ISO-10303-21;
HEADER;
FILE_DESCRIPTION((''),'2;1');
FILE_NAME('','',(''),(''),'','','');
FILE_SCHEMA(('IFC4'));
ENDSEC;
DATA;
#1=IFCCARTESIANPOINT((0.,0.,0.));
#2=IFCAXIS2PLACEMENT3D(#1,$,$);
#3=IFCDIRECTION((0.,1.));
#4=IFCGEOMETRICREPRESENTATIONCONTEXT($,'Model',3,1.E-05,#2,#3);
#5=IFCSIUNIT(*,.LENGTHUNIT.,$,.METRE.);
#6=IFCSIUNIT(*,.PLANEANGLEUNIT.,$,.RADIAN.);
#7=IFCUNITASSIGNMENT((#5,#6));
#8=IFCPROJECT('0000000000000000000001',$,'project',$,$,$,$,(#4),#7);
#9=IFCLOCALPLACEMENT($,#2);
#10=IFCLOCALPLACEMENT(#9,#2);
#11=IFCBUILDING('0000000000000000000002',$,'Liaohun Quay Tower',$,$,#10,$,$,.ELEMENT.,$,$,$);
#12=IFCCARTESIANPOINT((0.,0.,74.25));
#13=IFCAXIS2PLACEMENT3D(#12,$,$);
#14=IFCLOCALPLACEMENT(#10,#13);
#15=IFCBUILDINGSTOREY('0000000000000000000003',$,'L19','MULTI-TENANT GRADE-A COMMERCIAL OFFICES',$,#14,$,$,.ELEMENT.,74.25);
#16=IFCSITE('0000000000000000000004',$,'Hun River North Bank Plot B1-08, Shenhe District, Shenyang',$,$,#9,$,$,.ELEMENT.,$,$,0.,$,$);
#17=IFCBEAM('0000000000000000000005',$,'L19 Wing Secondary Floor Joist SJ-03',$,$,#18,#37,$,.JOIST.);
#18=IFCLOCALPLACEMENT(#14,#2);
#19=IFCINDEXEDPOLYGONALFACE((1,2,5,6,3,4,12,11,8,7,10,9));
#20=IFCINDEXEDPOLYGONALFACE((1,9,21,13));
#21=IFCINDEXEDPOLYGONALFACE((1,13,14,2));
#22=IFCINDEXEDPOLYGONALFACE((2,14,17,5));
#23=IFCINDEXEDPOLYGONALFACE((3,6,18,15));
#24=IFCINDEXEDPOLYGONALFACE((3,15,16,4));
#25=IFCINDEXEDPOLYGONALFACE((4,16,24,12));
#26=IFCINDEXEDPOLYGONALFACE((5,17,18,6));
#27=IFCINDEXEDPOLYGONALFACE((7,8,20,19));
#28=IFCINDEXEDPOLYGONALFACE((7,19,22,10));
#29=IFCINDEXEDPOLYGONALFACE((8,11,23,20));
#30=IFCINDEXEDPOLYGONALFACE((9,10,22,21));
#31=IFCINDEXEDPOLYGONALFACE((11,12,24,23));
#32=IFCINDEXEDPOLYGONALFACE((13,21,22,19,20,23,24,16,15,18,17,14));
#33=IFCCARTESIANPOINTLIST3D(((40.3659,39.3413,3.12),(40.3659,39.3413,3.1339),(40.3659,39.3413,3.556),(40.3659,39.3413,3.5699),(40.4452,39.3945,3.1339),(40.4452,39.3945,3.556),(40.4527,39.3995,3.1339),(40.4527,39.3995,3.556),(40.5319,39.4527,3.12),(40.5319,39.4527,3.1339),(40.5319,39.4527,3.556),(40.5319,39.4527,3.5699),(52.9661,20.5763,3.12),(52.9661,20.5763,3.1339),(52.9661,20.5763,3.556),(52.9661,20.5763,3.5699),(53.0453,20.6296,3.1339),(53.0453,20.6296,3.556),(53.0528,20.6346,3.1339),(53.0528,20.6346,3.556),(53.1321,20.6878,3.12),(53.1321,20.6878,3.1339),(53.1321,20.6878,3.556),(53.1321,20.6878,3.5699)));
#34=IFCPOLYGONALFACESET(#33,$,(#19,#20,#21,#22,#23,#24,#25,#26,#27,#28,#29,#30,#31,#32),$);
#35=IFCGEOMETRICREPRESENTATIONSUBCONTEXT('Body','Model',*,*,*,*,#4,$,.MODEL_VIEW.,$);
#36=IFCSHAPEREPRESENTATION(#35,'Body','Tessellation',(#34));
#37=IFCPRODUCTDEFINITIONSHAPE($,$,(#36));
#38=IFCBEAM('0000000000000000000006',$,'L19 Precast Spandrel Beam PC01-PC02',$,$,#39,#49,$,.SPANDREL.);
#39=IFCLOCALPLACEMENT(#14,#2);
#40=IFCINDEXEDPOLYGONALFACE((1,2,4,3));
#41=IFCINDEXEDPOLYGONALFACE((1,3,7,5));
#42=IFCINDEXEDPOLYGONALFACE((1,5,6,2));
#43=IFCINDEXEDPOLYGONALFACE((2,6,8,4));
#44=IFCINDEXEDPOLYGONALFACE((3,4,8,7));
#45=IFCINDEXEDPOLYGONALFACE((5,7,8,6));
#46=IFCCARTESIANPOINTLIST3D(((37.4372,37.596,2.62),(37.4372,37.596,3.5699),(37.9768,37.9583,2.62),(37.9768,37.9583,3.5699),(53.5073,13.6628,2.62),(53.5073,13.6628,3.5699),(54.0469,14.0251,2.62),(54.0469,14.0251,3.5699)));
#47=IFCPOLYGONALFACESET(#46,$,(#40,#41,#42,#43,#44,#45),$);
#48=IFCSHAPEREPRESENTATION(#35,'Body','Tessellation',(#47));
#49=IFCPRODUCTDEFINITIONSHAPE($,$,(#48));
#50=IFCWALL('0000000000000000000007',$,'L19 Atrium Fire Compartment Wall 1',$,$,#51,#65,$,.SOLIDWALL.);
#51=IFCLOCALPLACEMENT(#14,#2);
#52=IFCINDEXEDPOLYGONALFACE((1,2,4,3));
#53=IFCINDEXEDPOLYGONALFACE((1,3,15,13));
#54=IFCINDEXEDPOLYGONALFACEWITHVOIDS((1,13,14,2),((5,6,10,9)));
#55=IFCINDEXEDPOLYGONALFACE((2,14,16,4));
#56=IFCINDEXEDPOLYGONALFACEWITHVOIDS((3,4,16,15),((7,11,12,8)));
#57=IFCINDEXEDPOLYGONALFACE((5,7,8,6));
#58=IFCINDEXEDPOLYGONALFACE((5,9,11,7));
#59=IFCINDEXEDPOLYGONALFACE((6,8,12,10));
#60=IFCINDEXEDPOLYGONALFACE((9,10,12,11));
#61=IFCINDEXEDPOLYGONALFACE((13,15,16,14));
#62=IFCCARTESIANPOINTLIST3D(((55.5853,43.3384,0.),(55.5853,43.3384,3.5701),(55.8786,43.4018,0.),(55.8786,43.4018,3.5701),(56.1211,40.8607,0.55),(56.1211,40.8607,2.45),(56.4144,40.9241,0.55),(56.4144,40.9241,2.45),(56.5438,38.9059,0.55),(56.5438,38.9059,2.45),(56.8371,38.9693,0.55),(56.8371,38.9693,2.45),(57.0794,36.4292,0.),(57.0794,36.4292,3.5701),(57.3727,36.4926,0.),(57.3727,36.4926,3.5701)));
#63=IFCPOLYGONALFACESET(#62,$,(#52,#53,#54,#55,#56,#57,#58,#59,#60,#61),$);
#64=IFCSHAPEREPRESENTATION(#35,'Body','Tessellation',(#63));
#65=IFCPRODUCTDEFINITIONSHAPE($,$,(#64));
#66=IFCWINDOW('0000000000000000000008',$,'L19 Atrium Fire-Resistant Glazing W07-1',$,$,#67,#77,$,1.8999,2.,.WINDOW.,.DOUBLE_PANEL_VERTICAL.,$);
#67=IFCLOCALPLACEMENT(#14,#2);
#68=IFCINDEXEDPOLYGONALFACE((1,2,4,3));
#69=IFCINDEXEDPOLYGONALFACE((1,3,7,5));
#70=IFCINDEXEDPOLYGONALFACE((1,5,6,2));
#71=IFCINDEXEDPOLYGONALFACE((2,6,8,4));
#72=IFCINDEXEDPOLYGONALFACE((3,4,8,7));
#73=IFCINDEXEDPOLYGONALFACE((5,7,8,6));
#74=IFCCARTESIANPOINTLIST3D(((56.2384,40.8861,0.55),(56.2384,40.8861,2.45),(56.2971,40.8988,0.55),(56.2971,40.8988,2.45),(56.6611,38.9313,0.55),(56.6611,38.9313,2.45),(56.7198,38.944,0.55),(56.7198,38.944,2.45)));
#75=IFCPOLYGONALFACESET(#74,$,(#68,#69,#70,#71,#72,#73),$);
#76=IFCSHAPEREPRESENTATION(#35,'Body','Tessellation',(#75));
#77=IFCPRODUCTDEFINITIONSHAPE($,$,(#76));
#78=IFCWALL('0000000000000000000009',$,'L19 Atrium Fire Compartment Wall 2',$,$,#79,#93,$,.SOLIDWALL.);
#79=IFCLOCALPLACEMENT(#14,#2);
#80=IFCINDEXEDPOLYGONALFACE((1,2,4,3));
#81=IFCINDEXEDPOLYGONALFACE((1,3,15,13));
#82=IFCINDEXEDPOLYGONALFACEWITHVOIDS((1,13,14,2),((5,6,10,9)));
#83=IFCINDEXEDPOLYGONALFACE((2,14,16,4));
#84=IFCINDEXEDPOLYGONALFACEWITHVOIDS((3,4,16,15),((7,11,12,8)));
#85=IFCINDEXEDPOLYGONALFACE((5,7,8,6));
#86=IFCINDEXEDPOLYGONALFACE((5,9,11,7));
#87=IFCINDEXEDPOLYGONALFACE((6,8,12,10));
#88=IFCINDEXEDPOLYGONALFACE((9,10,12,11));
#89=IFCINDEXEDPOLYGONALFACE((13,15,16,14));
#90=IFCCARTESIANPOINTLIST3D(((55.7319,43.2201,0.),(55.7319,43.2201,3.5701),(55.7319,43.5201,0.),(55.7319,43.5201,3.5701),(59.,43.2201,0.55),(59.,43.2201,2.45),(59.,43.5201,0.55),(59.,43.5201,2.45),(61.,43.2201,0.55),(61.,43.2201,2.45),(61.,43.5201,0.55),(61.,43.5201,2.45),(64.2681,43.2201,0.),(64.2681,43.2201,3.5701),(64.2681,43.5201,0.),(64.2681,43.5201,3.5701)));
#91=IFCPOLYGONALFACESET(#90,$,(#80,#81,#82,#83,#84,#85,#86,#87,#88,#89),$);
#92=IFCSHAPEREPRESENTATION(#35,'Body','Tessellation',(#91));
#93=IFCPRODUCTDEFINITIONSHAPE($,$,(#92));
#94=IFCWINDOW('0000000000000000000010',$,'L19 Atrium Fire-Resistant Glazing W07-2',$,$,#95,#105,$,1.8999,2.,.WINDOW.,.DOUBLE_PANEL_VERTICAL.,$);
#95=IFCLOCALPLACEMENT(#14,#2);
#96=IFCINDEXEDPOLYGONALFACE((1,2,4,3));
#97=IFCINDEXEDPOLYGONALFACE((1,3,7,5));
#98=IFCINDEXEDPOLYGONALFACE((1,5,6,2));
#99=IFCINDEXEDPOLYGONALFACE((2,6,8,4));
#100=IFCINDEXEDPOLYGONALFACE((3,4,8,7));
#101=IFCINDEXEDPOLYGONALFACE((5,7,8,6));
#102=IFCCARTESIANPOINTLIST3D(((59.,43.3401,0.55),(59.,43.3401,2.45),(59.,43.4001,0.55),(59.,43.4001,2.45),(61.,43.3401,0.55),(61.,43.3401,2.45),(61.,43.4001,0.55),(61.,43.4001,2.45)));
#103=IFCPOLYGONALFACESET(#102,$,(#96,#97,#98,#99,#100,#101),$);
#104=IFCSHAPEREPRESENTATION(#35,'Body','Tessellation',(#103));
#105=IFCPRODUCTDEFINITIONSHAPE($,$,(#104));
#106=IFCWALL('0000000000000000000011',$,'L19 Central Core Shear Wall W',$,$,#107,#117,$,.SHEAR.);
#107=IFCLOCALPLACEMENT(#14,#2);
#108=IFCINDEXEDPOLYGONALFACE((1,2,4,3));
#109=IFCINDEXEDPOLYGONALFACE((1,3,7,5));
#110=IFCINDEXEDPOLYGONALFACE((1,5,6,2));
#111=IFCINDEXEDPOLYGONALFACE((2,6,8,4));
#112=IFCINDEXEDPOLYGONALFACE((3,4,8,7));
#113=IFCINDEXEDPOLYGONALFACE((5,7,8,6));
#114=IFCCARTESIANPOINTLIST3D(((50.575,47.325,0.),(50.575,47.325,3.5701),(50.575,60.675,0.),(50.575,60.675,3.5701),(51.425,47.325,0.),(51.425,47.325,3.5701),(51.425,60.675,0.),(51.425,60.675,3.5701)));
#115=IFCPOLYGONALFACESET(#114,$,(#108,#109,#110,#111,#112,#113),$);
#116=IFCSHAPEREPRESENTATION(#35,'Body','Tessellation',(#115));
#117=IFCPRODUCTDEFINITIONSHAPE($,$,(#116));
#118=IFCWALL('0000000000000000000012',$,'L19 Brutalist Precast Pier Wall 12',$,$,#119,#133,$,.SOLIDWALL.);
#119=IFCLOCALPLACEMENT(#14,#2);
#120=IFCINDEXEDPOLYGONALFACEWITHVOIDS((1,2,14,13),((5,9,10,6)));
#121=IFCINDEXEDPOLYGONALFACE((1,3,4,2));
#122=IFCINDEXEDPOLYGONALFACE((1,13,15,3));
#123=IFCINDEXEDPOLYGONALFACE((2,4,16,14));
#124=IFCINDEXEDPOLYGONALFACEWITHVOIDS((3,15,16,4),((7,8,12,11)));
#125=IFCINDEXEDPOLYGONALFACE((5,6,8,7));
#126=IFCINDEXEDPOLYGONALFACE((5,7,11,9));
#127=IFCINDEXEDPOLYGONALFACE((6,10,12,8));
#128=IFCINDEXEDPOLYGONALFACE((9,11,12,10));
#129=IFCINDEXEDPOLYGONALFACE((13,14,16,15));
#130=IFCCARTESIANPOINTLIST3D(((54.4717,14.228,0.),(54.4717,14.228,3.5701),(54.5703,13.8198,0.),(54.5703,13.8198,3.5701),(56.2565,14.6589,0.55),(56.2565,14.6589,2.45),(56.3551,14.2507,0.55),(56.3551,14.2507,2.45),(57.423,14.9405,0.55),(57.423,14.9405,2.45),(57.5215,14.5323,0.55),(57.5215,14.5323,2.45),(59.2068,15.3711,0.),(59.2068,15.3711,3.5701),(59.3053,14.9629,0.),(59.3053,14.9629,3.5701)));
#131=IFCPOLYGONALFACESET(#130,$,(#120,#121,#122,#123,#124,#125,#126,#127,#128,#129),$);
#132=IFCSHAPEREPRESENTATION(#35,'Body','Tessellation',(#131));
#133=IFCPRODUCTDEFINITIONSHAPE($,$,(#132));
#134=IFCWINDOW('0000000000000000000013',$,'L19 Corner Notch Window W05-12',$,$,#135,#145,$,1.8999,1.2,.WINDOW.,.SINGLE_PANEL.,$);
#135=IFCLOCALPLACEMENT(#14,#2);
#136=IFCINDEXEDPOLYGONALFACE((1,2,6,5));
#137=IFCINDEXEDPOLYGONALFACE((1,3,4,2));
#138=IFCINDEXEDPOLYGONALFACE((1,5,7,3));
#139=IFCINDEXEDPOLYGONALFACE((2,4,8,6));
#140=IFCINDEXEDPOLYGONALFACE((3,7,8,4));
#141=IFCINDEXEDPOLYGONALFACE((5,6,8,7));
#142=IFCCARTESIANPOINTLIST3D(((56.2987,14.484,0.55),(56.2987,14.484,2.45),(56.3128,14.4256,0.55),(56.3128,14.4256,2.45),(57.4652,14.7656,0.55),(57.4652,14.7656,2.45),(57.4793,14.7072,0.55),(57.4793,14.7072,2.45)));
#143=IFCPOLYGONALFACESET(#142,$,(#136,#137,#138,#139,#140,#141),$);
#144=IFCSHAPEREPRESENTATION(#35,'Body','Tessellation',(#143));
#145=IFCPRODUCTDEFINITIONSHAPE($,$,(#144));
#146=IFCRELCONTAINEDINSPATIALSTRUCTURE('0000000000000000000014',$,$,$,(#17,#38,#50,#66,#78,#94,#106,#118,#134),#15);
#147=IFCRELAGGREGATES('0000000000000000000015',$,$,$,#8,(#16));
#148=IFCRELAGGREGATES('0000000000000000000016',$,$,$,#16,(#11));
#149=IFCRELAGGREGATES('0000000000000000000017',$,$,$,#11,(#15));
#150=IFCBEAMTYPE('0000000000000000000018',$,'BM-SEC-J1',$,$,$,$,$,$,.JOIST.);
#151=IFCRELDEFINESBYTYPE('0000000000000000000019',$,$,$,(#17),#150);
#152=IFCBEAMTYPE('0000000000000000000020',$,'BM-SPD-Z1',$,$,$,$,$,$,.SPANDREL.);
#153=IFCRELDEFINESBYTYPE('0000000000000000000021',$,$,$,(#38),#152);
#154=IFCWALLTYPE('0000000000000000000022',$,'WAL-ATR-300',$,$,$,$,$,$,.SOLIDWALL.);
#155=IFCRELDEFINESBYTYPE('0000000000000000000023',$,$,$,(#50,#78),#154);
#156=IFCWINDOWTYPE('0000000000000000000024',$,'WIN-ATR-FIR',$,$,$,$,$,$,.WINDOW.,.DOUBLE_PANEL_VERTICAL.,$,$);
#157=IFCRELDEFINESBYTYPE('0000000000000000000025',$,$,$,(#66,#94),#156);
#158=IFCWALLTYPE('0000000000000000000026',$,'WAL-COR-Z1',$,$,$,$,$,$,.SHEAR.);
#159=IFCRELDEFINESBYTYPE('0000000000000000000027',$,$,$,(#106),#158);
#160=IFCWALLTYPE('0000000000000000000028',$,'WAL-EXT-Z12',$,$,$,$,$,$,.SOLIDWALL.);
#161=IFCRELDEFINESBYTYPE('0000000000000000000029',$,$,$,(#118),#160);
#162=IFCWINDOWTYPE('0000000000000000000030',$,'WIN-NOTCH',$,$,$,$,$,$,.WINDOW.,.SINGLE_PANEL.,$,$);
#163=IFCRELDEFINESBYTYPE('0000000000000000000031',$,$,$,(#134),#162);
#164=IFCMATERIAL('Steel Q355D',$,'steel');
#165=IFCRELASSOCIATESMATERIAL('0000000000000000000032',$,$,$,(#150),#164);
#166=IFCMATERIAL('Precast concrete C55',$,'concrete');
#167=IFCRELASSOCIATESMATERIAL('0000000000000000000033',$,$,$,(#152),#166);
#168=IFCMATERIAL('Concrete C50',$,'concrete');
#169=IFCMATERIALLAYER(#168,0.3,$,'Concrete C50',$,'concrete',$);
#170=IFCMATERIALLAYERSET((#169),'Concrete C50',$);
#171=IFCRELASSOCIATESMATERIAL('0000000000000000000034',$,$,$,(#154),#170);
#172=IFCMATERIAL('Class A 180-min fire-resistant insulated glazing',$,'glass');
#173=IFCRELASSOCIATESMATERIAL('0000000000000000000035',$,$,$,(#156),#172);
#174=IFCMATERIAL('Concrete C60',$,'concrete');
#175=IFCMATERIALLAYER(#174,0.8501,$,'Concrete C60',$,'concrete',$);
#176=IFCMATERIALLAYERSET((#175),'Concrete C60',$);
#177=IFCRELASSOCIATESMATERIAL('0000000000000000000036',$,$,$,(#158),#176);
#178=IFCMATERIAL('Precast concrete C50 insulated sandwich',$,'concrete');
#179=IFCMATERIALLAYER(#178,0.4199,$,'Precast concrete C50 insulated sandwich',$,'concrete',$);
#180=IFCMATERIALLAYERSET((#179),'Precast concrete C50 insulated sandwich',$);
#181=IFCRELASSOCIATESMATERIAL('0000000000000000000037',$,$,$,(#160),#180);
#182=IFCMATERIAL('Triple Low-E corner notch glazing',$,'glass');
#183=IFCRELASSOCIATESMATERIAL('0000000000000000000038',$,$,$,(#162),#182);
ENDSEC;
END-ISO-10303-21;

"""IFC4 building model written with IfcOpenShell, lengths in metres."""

from ifc_helpers import new_model, si_unit, direction, frame, frame_2d, origin, origin_2d, place, context, subcontext, project, spatial, rectangle, i_section, extrude, source, transform, mapped, material, layer, layer_set, material_profile, profile_set, type_object, element, fill, save


model = new_model("IFC4")

# Units and contexts
model_context = context("Model", 3, precision=1e-05, world=origin(), true_north=direction((0.0, 1.0)))
body_context = subcontext(model_context, "Body", "Model", "MODEL_VIEW")
ifc_project = project(units=[si_unit("LENGTHUNIT", "METRE"), si_unit("PLANEANGLEUNIT", "RADIAN")], contexts=[model_context])

# Site, building, storey
site_placement = place(None, origin())
site = spatial("IfcSite", under=ifc_project, at=site_placement, Name="Hun River North Bank Plot B1-08, Shenhe District, Shenyang", CompositionType="ELEMENT", RefElevation=0.0)
building_placement = place(site_placement, origin())
building = spatial("IfcBuilding", under=site, at=building_placement, Name="Liaohun Quay Tower", CompositionType="ELEMENT")
storey_placement = place(building_placement, frame((0.0, 0.0, 74.25)))
storey = spatial("IfcBuildingStorey", under=building, at=storey_placement, Name="L19", Description="MULTI-TENANT GRADE-A COMMERCIAL OFFICES", CompositionType="ELEMENT", Elevation=74.25)

# Shared definitions
ifc_material_1 = material(Name="Concrete C60", Category="concrete")

# Beams
ifc_material_2 = material(Name="Steel Q355D", Category="steel")
ifc_material_profile_1 = material_profile(ifc_material_2, i_section(OverallWidth=0.2, OverallDepth=0.45, WebThickness=0.009, FlangeThickness=0.0139, at=origin_2d()), Name="HN450x200x9x14")
ifc_profile_set_1 = profile_set([ifc_material_profile_1], Name="Steel Q355D")
beam_type_1 = type_object("IfcBeamType", Name="BM-SEC-J1", PredefinedType="JOIST", material=ifc_profile_set_1)
shared_shape_1 = source(origin(), body_context, "Body", "SweptSolid", [
    extrude(i_section(OverallWidth=0.2, OverallDepth=0.45, WebThickness=0.009, FlangeThickness=0.0139, at=origin_2d()), origin(), (0.0, 0.0, 1.0), 22.6028),
])
beam_1_placement = place(storey_placement, frame((53.0491, 20.6321, 3.345), z_axis=(-0.557459, 0.830204, 0.0), x_axis=(-0.830204, -0.557459, 0.0)))
element("IfcBeam", 1, at=beam_1_placement, inside=storey, type_object=beam_type_1, Name="L19 Wing Secondary Floor Joist SJ-03", PredefinedType="JOIST", context=body_context, shape_type="MappedRepresentation", body=[
    mapped(shared_shape_1, transform((0.0, 0.0, 0.0), x_axis=(1.0, 0.0, 0.0), y_axis=(0.0, 1.0, 0.0), z_axis=(0.0, 0.0, 1.0), scale=1.0)),
])
ifc_material_3 = material(Name="Precast concrete C55", Category="concrete")
ifc_material_profile_2 = material_profile(ifc_material_3, rectangle(XDim=0.6499, YDim=0.95, at=origin_2d()), Name="RC650x950")
ifc_profile_set_2 = profile_set([ifc_material_profile_2], Name="Precast concrete C55")
beam_type_2 = type_object("IfcBeamType", Name="BM-SPD-Z1", PredefinedType="SPANDREL", material=ifc_profile_set_2)
shared_shape_2 = source(origin(), body_context, "Body", "SweptSolid", [
    extrude(rectangle(XDim=0.6499, YDim=0.95, at=origin_2d()), origin(), (0.0, 0.0, 1.0), 28.8279),
])
beam_2_placement = place(storey_placement, frame((53.7771, 13.844, 3.095), z_axis=(-0.557451, 0.83021, 0.0), x_axis=(-0.83021, -0.557451, 0.0)))
element("IfcBeam", 2, at=beam_2_placement, inside=storey, type_object=beam_type_2, Name="L19 Precast Spandrel Beam PC01-PC02", PredefinedType="SPANDREL", context=body_context, shape_type="MappedRepresentation", body=[
    mapped(shared_shape_2, transform((0.0, 0.0, 0.0), x_axis=(1.0, 0.0, 0.0), y_axis=(0.0, 1.0, 0.0), z_axis=(0.0, 0.0, 1.0), scale=1.0)),
])

# Walls, openings, windows
ifc_material_4 = material(Name="Concrete C50", Category="concrete")
ifc_layer_1 = layer(ifc_material_4, 0.3, Name="Concrete C50", Category="concrete")
ifc_layer_set_1 = layer_set([ifc_layer_1], Name="Concrete C50")
wall_type_1 = type_object("IfcWallType", Name="WAL-ATR-300", PredefinedType="SOLIDWALL", material=ifc_layer_set_1)
wall_1_placement = place(storey_placement, frame((57.2261, 36.4609, 0.0), z_axis=(0.0, 0.0, 1.0), x_axis=(-0.211368, 0.977406, 0.0)))
wall_1 = element("IfcWall", 3, at=wall_1_placement, inside=storey, type_object=wall_type_1, Name="L19 Atrium Fire Compartment Wall 1", PredefinedType="SOLIDWALL", context=body_context, shape_type="SweptSolid", body=[
    extrude(rectangle(XDim=7.0688, YDim=0.3, at=frame_2d((3.5344, 0.0))), origin(), (0.0, 0.0, 1.0), 3.5701),
])
shared_shape_3 = source(origin(), body_context, "Body", "SweptSolid", [
    extrude(rectangle(XDim=2.0, YDim=1.8999, at=frame_2d((1.0, 0.95))), frame((0.0, 0.1599, 0.0), z_axis=(0.0, -1.0, 0.0), x_axis=(1.0, 0.0, 0.0)), (0.0, 0.0, 1.0), 0.3201),
])
opening_1_placement = place(wall_1_placement, frame((2.5339, 0.0, 0.55)))
opening_1 = element("IfcOpeningElement", 4, at=opening_1_placement, cuts=wall_1, PredefinedType="OPENING", context=body_context, shape_type="MappedRepresentation", body=[
    mapped(shared_shape_3, transform((0.0, 0.0, 0.0), x_axis=(1.0, 0.0, 0.0), y_axis=(0.0, 1.0, 0.0), z_axis=(0.0, 0.0, 1.0), scale=1.0)),
])
ifc_material_5 = material(Name="Class A 180-min fire-resistant insulated glazing", Category="glass")
window_type_1 = type_object("IfcWindowType", Name="WIN-ATR-FIR", PartitioningType="DOUBLE_PANEL_VERTICAL", PredefinedType="WINDOW", material=ifc_material_5)
shared_shape_4 = source(origin(), body_context, "Body", "SweptSolid", [
    extrude(rectangle(XDim=2.0, YDim=1.8999, at=frame_2d((1.0, 0.95))), frame((0.0, 0.03, 0.0), z_axis=(0.0, -1.0, 0.0), x_axis=(1.0, 0.0, 0.0)), (0.0, 0.0, 1.0), 0.0601),
])
window_1_placement = place(opening_1_placement, origin())
window_1 = element("IfcWindow", 5, at=window_1_placement, inside=storey, type_object=window_type_1, Name="L19 Atrium Fire-Resistant Glazing W07-1", OverallHeight=1.8999, OverallWidth=2.0, PartitioningType="DOUBLE_PANEL_VERTICAL", PredefinedType="WINDOW", context=body_context, shape_type="MappedRepresentation", body=[
    mapped(shared_shape_4, transform((0.0, 0.0, 0.0), x_axis=(1.0, 0.0, 0.0), y_axis=(0.0, 1.0, 0.0), z_axis=(0.0, 0.0, 1.0), scale=1.0)),
])
fill(opening_1, window_1)
wall_2_placement = place(storey_placement, frame((55.7319, 43.3701, 0.0), z_axis=(0.0, 0.0, 1.0), x_axis=(1.0, 0.0, 0.0)))
wall_2 = element("IfcWall", 6, at=wall_2_placement, inside=storey, type_object=wall_type_1, Name="L19 Atrium Fire Compartment Wall 2", PredefinedType="SOLIDWALL", context=body_context, shape_type="SweptSolid", body=[
    extrude(rectangle(XDim=8.5361, YDim=0.3, at=frame_2d((4.2681, 0.0))), origin(), (0.0, 0.0, 1.0), 3.5701),
])
opening_2_placement = place(wall_2_placement, frame((3.2681, 0.0, 0.55)))
opening_2 = element("IfcOpeningElement", 7, at=opening_2_placement, cuts=wall_2, PredefinedType="OPENING", context=body_context, shape_type="MappedRepresentation", body=[
    mapped(shared_shape_3, transform((0.0, 0.0, 0.0), x_axis=(1.0, 0.0, 0.0), y_axis=(0.0, 1.0, 0.0), z_axis=(0.0, 0.0, 1.0), scale=1.0)),
])
window_2_placement = place(opening_2_placement, origin())
window_2 = element("IfcWindow", 8, at=window_2_placement, inside=storey, type_object=window_type_1, Name="L19 Atrium Fire-Resistant Glazing W07-2", OverallHeight=1.8999, OverallWidth=2.0, PartitioningType="DOUBLE_PANEL_VERTICAL", PredefinedType="WINDOW", context=body_context, shape_type="MappedRepresentation", body=[
    mapped(shared_shape_4, transform((0.0, 0.0, 0.0), x_axis=(1.0, 0.0, 0.0), y_axis=(0.0, 1.0, 0.0), z_axis=(0.0, 0.0, 1.0), scale=1.0)),
])
fill(opening_2, window_2)

# Wall
ifc_layer_2 = layer(ifc_material_1, 0.8501, Name="Concrete C60", Category="concrete")
ifc_layer_set_2 = layer_set([ifc_layer_2], Name="Concrete C60")
wall_type_2 = type_object("IfcWallType", Name="WAL-COR-Z1", PredefinedType="SHEAR", material=ifc_layer_set_2)
wall_3_placement = place(storey_placement, frame((51.0, 47.325, 0.0), z_axis=(0.0, 0.0, 1.0), x_axis=(0.0, 1.0, 0.0)))
element("IfcWall", 9, at=wall_3_placement, inside=storey, type_object=wall_type_2, Name="L19 Central Core Shear Wall W", PredefinedType="SHEAR", context=body_context, shape_type="SweptSolid", body=[
    extrude(rectangle(XDim=13.3501, YDim=0.8501, at=frame_2d((6.675, 0.0))), origin(), (0.0, 0.0, 1.0), 3.5701),
])

# Wall, opening, window
ifc_material_6 = material(Name="Precast concrete C50 insulated sandwich", Category="concrete")
ifc_layer_3 = layer(ifc_material_6, 0.4199, Name="Precast concrete C50 insulated sandwich", Category="concrete")
ifc_layer_set_3 = layer_set([ifc_layer_3], Name="Precast concrete C50 insulated sandwich")
wall_type_3 = type_object("IfcWallType", Name="WAL-EXT-Z12", PredefinedType="SOLIDWALL", material=ifc_layer_set_3)
wall_4_placement = place(storey_placement, frame((54.521, 14.0239, 0.0), z_axis=(0.0, 0.0, 1.0), x_axis=(0.972077, 0.234662, 0.0)))
wall_4 = element("IfcWall", 10, at=wall_4_placement, inside=storey, type_object=wall_type_3, Name="L19 Brutalist Precast Pier Wall 12", PredefinedType="SOLIDWALL", context=body_context, shape_type="SweptSolid", body=[
    extrude(rectangle(XDim=4.8711, YDim=0.4199, at=frame_2d((2.4355, 0.0))), origin(), (0.0, 0.0, 1.0), 3.5701),
])
shared_shape_5 = source(origin(), body_context, "Body", "SweptSolid", [
    extrude(rectangle(XDim=1.2, YDim=1.8999, at=frame_2d((0.6001, 0.95))), frame((0.0, 0.22, 0.0), z_axis=(0.0, -1.0, 0.0), x_axis=(1.0, 0.0, 0.0)), (0.0, 0.0, 1.0), 0.4399),
])
opening_3_placement = place(wall_4_placement, frame((1.8359, 0.0, 0.55)))
opening_3 = element("IfcOpeningElement", 11, at=opening_3_placement, cuts=wall_4, PredefinedType="OPENING", context=body_context, shape_type="MappedRepresentation", body=[
    mapped(shared_shape_5, transform((0.0, 0.0, 0.0), x_axis=(1.0, 0.0, 0.0), y_axis=(0.0, 1.0, 0.0), z_axis=(0.0, 0.0, 1.0), scale=1.0)),
])
ifc_material_7 = material(Name="Triple Low-E corner notch glazing", Category="glass")
window_type_2 = type_object("IfcWindowType", Name="WIN-NOTCH", PartitioningType="SINGLE_PANEL", PredefinedType="WINDOW", material=ifc_material_7)
shared_shape_6 = source(origin(), body_context, "Body", "SweptSolid", [
    extrude(rectangle(XDim=1.2, YDim=1.8999, at=frame_2d((0.6001, 0.95))), frame((0.0, 0.03, 0.0), z_axis=(0.0, -1.0, 0.0), x_axis=(1.0, 0.0, 0.0)), (0.0, 0.0, 1.0), 0.0601),
])
window_3_placement = place(opening_3_placement, origin())
window_3 = element("IfcWindow", 12, at=window_3_placement, inside=storey, type_object=window_type_2, Name="L19 Corner Notch Window W05-12", OverallHeight=1.8999, OverallWidth=1.2, PartitioningType="SINGLE_PANEL", PredefinedType="WINDOW", context=body_context, shape_type="MappedRepresentation", body=[
    mapped(shared_shape_6, transform((0.0, 0.0, 0.0), x_axis=(1.0, 0.0, 0.0), y_axis=(0.0, 1.0, 0.0), z_axis=(0.0, 0.0, 1.0), scale=1.0)),
])
fill(opening_3, window_3)

save(model, "model.ifc")
